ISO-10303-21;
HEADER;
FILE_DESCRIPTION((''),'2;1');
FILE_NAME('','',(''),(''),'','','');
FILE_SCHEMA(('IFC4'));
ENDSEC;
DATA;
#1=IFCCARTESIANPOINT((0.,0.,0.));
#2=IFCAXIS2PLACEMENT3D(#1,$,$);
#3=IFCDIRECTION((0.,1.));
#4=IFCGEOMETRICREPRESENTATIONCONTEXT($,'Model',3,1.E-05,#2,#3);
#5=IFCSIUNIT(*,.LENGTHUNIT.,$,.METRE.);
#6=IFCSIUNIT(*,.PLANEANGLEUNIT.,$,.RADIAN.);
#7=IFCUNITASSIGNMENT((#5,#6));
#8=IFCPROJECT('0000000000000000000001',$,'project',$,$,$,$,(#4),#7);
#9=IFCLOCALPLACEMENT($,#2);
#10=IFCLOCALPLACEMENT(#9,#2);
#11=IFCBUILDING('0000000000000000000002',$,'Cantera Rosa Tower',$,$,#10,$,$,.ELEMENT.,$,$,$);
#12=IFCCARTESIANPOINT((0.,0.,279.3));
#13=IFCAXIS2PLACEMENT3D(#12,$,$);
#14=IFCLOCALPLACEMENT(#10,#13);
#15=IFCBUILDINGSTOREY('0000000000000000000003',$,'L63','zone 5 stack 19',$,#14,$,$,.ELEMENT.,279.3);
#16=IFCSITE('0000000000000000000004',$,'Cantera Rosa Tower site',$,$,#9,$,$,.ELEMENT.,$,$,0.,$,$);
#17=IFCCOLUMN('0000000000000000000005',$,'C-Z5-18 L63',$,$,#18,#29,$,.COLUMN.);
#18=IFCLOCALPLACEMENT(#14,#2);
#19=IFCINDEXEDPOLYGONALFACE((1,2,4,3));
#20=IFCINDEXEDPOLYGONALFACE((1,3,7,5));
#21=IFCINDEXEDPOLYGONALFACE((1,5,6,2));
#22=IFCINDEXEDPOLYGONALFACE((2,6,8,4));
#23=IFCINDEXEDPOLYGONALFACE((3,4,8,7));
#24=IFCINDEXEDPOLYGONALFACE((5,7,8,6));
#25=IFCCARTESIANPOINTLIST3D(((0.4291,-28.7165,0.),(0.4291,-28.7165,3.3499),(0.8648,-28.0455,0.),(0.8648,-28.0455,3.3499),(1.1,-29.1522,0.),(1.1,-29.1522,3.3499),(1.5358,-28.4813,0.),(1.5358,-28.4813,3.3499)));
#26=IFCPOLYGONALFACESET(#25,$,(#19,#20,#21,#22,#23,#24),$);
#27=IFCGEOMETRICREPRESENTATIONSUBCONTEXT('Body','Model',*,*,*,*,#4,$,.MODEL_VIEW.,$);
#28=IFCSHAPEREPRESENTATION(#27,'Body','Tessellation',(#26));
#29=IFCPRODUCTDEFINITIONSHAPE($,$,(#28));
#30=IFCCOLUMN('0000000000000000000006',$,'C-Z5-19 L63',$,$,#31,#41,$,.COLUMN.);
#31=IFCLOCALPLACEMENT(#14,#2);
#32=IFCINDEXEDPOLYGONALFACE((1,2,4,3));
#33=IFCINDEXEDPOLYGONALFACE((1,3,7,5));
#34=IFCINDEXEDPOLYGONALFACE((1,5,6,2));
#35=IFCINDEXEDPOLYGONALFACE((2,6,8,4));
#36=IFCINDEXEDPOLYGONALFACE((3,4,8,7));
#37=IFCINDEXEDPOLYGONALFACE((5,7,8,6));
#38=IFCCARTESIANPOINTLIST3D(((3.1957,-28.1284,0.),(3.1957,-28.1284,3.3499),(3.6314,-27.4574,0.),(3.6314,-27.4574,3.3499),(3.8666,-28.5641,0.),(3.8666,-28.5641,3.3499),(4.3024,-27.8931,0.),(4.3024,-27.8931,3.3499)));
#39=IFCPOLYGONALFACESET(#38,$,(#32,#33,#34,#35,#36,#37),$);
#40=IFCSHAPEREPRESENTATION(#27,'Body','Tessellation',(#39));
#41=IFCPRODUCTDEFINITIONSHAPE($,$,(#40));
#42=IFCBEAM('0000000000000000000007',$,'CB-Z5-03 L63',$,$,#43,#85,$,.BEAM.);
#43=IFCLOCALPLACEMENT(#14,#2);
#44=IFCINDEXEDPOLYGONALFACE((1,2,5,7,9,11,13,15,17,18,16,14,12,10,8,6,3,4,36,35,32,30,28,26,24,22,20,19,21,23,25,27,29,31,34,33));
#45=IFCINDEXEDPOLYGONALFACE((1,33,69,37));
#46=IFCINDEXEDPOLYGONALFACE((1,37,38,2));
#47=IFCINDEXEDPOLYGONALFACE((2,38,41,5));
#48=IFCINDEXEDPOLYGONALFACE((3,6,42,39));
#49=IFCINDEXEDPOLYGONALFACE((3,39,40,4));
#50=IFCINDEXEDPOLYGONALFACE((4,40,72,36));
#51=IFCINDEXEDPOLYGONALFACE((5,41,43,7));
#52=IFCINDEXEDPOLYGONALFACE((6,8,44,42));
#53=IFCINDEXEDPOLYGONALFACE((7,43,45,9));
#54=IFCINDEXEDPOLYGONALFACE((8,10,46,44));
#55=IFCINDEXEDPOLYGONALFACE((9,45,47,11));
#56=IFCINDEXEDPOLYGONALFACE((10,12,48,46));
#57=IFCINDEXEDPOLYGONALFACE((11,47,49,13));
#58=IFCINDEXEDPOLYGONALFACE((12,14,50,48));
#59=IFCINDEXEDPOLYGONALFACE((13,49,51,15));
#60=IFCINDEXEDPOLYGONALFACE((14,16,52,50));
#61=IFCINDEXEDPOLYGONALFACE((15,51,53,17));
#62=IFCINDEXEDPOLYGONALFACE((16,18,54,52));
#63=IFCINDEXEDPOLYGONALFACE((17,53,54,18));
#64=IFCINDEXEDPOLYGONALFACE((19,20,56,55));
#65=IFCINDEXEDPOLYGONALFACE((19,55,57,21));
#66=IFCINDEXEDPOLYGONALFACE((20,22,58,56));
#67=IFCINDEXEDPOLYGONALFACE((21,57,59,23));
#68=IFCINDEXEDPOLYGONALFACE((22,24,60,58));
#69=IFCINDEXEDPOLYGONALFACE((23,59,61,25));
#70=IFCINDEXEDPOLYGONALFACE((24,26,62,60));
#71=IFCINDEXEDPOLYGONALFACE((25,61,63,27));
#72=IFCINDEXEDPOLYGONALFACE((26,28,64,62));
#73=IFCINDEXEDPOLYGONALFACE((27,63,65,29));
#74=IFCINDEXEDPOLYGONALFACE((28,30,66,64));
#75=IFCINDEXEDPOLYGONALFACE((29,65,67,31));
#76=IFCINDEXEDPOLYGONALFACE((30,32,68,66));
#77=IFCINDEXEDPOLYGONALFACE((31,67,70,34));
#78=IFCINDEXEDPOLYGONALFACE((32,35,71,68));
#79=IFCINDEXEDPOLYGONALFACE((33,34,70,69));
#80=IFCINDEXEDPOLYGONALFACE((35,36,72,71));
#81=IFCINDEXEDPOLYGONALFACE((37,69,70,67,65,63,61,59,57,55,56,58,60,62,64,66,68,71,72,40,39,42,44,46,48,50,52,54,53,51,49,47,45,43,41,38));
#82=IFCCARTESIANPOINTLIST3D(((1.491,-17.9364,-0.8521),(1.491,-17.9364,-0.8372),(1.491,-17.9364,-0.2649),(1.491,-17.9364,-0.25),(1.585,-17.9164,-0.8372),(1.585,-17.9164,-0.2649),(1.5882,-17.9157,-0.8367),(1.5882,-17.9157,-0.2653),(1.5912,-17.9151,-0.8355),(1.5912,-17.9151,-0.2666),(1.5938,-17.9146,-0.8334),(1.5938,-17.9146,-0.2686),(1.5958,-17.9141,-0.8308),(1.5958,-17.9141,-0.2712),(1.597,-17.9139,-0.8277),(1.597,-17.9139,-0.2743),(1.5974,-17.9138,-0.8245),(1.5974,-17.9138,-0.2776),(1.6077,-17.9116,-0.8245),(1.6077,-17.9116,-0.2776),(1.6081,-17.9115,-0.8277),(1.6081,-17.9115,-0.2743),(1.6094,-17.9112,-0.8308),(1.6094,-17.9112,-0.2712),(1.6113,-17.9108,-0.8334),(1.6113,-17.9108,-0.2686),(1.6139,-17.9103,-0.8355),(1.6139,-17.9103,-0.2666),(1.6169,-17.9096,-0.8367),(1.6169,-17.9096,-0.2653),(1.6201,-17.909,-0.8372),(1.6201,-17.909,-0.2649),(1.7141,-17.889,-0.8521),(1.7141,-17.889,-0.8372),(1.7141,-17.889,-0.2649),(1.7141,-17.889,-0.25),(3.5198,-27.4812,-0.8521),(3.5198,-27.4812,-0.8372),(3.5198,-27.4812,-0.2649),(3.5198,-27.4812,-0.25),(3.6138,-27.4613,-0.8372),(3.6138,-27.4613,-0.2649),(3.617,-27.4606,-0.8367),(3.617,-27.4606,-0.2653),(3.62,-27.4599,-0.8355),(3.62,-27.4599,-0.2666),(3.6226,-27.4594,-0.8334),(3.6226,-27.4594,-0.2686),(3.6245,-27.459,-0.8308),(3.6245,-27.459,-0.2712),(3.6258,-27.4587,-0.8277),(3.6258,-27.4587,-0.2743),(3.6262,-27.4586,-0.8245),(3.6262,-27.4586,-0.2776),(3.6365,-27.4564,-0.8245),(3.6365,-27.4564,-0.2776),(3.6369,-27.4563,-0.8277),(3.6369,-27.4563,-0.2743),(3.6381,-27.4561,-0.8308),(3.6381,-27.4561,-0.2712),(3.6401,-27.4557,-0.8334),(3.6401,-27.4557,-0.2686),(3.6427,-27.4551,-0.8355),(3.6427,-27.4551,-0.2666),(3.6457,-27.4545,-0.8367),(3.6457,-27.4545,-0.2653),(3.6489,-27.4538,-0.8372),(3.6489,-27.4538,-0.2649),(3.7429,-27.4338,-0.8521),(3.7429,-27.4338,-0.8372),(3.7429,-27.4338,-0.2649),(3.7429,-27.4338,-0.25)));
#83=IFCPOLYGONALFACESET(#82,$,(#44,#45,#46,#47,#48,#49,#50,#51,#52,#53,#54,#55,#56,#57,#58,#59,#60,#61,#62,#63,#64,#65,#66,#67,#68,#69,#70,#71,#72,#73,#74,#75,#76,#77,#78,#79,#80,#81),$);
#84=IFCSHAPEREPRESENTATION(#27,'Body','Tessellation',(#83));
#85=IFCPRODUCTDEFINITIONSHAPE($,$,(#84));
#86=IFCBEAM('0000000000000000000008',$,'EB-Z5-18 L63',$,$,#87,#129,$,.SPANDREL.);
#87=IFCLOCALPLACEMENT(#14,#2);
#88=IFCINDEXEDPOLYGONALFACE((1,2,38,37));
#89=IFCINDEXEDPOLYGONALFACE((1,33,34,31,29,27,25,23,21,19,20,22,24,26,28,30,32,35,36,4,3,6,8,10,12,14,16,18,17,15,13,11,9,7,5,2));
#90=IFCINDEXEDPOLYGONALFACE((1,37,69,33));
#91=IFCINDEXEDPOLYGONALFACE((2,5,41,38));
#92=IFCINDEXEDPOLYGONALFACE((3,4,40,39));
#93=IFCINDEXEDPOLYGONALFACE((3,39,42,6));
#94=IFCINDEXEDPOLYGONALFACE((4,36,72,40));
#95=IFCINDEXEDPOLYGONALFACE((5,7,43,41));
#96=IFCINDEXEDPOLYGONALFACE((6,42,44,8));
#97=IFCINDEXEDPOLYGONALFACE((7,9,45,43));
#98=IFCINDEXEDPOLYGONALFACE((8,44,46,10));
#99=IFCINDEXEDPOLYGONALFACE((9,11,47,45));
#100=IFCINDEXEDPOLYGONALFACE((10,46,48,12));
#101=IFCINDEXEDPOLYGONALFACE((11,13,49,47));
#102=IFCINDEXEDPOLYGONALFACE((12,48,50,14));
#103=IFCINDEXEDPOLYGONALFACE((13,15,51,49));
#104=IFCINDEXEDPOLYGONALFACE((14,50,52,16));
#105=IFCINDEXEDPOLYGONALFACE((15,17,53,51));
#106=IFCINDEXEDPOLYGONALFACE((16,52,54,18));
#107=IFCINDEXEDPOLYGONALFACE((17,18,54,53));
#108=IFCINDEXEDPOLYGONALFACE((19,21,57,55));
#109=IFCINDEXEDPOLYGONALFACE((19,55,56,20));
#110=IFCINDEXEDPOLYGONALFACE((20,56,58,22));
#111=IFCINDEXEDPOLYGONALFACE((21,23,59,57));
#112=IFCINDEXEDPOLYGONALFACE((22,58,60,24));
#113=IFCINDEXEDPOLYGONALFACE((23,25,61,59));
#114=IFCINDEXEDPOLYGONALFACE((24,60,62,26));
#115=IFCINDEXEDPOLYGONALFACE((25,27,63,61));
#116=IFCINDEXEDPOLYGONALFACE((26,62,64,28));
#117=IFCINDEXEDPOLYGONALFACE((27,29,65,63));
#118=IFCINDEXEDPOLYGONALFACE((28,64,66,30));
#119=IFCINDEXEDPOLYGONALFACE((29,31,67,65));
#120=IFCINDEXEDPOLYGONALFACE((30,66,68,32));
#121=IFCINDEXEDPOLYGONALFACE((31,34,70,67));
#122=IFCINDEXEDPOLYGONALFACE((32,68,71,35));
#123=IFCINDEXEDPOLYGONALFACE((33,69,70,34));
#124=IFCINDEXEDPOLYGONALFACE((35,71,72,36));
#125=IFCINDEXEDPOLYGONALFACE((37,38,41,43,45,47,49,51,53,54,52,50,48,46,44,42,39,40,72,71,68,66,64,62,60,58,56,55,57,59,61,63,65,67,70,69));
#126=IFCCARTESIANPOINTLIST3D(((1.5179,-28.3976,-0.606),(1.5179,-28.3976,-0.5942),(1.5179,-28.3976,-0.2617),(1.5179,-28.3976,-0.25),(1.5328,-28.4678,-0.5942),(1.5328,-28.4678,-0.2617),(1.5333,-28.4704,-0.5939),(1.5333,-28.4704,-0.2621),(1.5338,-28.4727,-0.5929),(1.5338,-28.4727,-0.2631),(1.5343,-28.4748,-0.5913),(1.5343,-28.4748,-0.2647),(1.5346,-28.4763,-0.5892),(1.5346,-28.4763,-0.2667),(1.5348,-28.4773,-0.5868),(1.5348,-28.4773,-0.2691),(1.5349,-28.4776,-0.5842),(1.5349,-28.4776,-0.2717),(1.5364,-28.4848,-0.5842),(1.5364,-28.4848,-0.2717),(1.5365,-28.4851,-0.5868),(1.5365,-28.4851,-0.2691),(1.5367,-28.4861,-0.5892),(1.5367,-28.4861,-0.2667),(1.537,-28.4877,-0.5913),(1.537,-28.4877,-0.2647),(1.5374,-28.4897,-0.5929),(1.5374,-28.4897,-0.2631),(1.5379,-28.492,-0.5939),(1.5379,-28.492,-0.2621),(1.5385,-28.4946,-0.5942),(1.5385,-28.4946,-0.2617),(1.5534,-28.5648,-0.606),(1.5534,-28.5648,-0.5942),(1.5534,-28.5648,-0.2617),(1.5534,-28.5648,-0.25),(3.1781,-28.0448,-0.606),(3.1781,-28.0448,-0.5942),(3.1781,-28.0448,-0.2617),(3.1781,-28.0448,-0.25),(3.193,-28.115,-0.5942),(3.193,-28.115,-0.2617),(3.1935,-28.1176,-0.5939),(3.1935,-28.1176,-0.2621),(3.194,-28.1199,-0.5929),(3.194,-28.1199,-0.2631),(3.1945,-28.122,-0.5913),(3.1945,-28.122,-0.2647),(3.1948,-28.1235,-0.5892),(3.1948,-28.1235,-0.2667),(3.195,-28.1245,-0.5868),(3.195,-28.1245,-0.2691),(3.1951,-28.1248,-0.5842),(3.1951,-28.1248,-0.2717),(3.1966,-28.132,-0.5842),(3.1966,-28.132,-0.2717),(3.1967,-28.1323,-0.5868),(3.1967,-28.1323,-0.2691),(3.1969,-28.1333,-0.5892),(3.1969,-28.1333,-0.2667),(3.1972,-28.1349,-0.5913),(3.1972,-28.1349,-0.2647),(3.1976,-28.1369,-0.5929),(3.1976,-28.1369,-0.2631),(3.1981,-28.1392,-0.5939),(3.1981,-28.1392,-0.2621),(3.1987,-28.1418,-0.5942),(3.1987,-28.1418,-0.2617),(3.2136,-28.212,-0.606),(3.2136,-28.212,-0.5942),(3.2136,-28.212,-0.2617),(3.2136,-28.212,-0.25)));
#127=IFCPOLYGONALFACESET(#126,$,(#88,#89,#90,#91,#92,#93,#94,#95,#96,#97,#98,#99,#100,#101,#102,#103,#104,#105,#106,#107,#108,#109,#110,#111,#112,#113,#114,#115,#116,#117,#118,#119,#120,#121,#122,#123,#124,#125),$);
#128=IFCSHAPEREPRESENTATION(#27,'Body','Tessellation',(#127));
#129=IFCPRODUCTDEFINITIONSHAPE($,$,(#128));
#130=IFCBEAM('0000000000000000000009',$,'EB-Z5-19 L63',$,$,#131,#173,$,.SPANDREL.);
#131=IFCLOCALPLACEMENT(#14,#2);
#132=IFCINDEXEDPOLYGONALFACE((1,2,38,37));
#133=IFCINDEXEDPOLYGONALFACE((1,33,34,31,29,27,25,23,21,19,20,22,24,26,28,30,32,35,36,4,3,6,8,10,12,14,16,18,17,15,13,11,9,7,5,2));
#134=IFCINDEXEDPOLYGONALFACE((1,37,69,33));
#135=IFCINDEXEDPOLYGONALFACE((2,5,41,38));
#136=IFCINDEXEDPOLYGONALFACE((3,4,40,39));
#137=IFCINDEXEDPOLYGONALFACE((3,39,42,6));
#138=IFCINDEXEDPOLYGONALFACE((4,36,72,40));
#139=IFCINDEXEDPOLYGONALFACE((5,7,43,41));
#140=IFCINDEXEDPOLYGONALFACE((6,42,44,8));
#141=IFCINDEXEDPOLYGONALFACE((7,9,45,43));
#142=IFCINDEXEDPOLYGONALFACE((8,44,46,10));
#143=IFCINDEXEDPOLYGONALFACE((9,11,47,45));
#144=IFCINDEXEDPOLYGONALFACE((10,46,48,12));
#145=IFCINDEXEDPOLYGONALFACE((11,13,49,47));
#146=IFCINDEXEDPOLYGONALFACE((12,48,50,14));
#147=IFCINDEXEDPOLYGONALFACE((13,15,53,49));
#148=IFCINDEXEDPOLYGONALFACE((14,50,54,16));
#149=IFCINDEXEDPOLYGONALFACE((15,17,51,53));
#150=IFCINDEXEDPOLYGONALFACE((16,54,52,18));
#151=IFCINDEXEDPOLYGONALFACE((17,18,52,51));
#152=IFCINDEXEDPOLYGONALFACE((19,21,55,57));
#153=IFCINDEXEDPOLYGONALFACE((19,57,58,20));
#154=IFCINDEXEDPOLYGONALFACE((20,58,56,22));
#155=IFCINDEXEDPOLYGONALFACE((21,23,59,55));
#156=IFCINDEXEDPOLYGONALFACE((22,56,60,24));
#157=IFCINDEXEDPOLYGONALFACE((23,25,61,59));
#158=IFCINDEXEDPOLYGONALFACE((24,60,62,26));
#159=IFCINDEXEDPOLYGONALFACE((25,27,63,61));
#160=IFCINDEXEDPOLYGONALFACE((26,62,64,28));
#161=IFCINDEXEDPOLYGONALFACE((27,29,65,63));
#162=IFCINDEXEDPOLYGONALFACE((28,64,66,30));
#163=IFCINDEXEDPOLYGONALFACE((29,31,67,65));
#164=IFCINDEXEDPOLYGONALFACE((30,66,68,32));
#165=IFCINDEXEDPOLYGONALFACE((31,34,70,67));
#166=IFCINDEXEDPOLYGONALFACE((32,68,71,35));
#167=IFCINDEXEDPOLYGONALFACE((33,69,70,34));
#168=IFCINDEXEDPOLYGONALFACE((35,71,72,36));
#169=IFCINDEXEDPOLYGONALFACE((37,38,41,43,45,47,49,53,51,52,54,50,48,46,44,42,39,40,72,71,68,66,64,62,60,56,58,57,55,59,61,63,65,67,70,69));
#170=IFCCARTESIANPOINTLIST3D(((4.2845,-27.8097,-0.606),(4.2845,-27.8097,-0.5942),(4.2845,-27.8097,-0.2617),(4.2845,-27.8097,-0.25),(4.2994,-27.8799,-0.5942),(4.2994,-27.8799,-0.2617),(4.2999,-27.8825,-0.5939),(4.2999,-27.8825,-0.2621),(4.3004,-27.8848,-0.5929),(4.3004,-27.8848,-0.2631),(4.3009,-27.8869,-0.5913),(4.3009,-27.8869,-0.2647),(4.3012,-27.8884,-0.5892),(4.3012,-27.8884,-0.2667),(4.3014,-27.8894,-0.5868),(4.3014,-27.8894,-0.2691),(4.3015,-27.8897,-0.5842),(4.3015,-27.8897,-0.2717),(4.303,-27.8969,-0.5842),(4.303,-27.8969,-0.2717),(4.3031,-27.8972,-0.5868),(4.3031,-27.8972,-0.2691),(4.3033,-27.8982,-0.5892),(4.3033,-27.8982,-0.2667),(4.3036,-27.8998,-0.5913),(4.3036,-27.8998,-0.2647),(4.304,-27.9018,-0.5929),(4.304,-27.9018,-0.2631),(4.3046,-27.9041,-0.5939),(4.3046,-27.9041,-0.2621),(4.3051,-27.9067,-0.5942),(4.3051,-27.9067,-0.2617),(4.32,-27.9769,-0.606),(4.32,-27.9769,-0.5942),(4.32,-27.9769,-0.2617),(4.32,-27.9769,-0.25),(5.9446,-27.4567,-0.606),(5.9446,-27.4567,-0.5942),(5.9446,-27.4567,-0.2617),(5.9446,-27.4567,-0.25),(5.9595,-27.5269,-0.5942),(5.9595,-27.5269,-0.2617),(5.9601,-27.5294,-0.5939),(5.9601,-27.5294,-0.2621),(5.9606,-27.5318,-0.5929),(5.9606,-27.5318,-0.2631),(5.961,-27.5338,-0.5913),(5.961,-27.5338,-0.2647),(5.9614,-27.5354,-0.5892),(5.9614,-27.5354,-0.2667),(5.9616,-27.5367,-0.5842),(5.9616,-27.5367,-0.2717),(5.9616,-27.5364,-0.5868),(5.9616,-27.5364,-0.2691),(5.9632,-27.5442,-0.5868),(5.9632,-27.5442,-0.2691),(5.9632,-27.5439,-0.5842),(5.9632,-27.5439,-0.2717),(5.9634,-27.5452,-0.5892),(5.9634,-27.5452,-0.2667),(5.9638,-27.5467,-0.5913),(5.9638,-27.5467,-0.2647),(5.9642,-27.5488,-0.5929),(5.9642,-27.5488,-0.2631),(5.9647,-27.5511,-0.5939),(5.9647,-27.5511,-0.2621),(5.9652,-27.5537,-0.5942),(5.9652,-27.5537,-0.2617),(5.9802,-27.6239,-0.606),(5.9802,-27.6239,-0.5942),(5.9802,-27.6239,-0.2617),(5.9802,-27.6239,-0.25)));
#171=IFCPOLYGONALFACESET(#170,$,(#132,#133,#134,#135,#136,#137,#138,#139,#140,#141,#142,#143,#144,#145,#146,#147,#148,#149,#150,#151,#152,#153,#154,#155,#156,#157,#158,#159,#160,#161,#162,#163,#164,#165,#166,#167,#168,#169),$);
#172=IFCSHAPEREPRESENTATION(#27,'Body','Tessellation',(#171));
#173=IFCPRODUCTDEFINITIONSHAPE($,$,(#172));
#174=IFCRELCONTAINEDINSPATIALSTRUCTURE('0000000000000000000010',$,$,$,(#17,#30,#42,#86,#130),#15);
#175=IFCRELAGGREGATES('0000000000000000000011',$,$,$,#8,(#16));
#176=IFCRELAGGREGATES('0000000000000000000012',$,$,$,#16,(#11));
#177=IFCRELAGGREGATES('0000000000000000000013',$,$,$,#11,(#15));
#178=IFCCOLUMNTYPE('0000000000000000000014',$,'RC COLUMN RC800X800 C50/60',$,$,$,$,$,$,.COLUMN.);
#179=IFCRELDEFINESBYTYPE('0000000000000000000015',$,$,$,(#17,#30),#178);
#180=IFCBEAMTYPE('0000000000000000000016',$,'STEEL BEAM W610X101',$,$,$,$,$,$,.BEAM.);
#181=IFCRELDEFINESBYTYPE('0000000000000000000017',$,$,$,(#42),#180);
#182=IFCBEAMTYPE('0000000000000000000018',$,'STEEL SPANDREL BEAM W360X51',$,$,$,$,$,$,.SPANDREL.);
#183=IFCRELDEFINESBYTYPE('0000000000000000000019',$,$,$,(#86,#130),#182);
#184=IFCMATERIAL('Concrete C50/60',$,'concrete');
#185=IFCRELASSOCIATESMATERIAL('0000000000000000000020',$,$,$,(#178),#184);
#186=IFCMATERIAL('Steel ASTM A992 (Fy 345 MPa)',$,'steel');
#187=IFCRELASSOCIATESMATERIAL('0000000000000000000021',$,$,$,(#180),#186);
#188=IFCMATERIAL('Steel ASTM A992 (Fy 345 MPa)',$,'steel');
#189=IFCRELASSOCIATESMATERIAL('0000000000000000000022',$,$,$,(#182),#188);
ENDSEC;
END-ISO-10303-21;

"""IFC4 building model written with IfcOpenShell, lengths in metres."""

from ifc_helpers import new_model, si_unit, direction, frame, origin, origin_2d, place, context, subcontext, project, spatial, rectangle, i_section, extrude, material, material_profile, profile_set, type_object, element, save


model = new_model("IFC4")

# Units and contexts
model_context = context("Model", 3, precision=1e-05, world=origin(), true_north=direction((0.0, 1.0)))
body_context = subcontext(model_context, "Body", "Model", "MODEL_VIEW")
ifc_project = project(units=[si_unit("LENGTHUNIT", "METRE"), si_unit("PLANEANGLEUNIT", "RADIAN")], contexts=[model_context])

# Site, building, storey
site_placement = place(None, origin())
site = spatial("IfcSite", under=ifc_project, at=site_placement, Name="Cantera Rosa Tower site", CompositionType="ELEMENT", RefElevation=0.0)
building_placement = place(site_placement, origin())
building = spatial("IfcBuilding", under=site, at=building_placement, Name="Cantera Rosa Tower", CompositionType="ELEMENT")
storey_placement = place(building_placement, frame((0.0, 0.0, 279.3)))
storey = spatial("IfcBuildingStorey", under=building, at=storey_placement, Name="L63", Description="zone 5 stack 19", CompositionType="ELEMENT", Elevation=279.3)

# Columns
ifc_material_1 = material(Name="Concrete C50/60", Category="concrete")
ifc_material_profile_1 = material_profile(ifc_material_1, rectangle(XDim=0.8, YDim=0.8, at=origin_2d()), Name="RC COLUMN RC800X800 C50/60")
ifc_profile_set_1 = profile_set([ifc_material_profile_1], Name="Concrete C50/60")
column_type = type_object("IfcColumnType", Name="RC COLUMN RC800X800 C50/60", PredefinedType="COLUMN", material=ifc_profile_set_1)
for number, where, z_axis, x_axis, name in (
    (1, (0.9824, -28.5989, 0.0), (0.0, 0.0, 1.0), (0.544639, 0.838671, 0.0), "C-Z5-18 L63"),
    (2, (3.749, -28.0107, 0.0), (0.0, 0.0, 1.0), (0.544639, 0.838671, 0.0), "C-Z5-19 L63"),
):
    element("IfcColumn", number, at=place(storey_placement, frame(where, z_axis=z_axis, x_axis=x_axis)), inside=storey, type_object=column_type, Name=name, PredefinedType="COLUMN", context=body_context, shape_type="SweptSolid", body=[
        extrude(rectangle(XDim=0.8, YDim=0.8, at=origin_2d()), origin(), (0.0, 0.0, 1.0), 3.3499),
    ])

# Beams
ifc_material_2 = material(Name="Steel ASTM A992 (Fy 345 MPa)", Category="steel")
ifc_material_profile_2 = material_profile(ifc_material_2, i_section(OverallWidth=0.228, OverallDepth=0.6021, WebThickness=0.0105, FlangeThickness=0.0149, FilletRadius=0.0127, at=origin_2d()), Name="W610X101")
ifc_profile_set_2 = profile_set([ifc_material_profile_2], Name="Steel ASTM A992 (Fy 345 MPa)")
beam_type_1 = type_object("IfcBeamType", Name="STEEL BEAM W610X101", PredefinedType="BEAM", material=ifc_profile_set_2)
beam_placement = place(storey_placement, frame((3.6313, -27.4575, -0.551), z_axis=(-0.207909, 0.978148, 0.0), x_axis=(-0.978148, -0.207909, 0.0)))
element("IfcBeam", 3, at=beam_placement, inside=storey, type_object=beam_type_1, Name="CB-Z5-03 L63", PredefinedType="BEAM", context=body_context, shape_type="SweptSolid", body=[
    extrude(i_section(OverallWidth=0.228, OverallDepth=0.6021, WebThickness=0.0105, FlangeThickness=0.0149, FilletRadius=0.0127, at=origin_2d()), origin(), (0.0, 0.0, 1.0), 9.7581),
])
ifc_material_3 = material(Name="Steel ASTM A992 (Fy 345 MPa)", Category="steel")
ifc_material_profile_3 = material_profile(ifc_material_3, i_section(OverallWidth=0.1709, OverallDepth=0.356, WebThickness=0.0073, FlangeThickness=0.0117, FilletRadius=0.01, at=origin_2d()), Name="W360X51")
ifc_profile_set_3 = profile_set([ifc_material_profile_3], Name="Steel ASTM A992 (Fy 345 MPa)")
beam_type_2 = type_object("IfcBeamType", Name="STEEL SPANDREL BEAM W360X51", PredefinedType="SPANDREL", material=ifc_profile_set_3)
for number, where, z_axis, x_axis, name in (
    (4, (1.5356, -28.4812, -0.428), (0.978159, 0.207859, 0.0), (-0.207859, 0.978159, 0.0), "EB-Z5-18 L63"),
    (5, (4.3022, -27.8933, -0.428), (0.97813, 0.207996, 0.0), (-0.207996, 0.97813, 0.0), "EB-Z5-19 L63"),
):
    element("IfcBeam", number, at=place(storey_placement, frame(where, z_axis=z_axis, x_axis=x_axis)), inside=storey, type_object=beam_type_2, Name=name, PredefinedType="SPANDREL", context=body_context, shape_type="SweptSolid", body=[
        extrude(i_section(OverallWidth=0.1709, OverallDepth=0.356, WebThickness=0.0073, FlangeThickness=0.0117, FilletRadius=0.01, at=origin_2d()), origin(), (0.0, 0.0, 1.0), 1.6973),
    ])

save(model, "model.ifc")
